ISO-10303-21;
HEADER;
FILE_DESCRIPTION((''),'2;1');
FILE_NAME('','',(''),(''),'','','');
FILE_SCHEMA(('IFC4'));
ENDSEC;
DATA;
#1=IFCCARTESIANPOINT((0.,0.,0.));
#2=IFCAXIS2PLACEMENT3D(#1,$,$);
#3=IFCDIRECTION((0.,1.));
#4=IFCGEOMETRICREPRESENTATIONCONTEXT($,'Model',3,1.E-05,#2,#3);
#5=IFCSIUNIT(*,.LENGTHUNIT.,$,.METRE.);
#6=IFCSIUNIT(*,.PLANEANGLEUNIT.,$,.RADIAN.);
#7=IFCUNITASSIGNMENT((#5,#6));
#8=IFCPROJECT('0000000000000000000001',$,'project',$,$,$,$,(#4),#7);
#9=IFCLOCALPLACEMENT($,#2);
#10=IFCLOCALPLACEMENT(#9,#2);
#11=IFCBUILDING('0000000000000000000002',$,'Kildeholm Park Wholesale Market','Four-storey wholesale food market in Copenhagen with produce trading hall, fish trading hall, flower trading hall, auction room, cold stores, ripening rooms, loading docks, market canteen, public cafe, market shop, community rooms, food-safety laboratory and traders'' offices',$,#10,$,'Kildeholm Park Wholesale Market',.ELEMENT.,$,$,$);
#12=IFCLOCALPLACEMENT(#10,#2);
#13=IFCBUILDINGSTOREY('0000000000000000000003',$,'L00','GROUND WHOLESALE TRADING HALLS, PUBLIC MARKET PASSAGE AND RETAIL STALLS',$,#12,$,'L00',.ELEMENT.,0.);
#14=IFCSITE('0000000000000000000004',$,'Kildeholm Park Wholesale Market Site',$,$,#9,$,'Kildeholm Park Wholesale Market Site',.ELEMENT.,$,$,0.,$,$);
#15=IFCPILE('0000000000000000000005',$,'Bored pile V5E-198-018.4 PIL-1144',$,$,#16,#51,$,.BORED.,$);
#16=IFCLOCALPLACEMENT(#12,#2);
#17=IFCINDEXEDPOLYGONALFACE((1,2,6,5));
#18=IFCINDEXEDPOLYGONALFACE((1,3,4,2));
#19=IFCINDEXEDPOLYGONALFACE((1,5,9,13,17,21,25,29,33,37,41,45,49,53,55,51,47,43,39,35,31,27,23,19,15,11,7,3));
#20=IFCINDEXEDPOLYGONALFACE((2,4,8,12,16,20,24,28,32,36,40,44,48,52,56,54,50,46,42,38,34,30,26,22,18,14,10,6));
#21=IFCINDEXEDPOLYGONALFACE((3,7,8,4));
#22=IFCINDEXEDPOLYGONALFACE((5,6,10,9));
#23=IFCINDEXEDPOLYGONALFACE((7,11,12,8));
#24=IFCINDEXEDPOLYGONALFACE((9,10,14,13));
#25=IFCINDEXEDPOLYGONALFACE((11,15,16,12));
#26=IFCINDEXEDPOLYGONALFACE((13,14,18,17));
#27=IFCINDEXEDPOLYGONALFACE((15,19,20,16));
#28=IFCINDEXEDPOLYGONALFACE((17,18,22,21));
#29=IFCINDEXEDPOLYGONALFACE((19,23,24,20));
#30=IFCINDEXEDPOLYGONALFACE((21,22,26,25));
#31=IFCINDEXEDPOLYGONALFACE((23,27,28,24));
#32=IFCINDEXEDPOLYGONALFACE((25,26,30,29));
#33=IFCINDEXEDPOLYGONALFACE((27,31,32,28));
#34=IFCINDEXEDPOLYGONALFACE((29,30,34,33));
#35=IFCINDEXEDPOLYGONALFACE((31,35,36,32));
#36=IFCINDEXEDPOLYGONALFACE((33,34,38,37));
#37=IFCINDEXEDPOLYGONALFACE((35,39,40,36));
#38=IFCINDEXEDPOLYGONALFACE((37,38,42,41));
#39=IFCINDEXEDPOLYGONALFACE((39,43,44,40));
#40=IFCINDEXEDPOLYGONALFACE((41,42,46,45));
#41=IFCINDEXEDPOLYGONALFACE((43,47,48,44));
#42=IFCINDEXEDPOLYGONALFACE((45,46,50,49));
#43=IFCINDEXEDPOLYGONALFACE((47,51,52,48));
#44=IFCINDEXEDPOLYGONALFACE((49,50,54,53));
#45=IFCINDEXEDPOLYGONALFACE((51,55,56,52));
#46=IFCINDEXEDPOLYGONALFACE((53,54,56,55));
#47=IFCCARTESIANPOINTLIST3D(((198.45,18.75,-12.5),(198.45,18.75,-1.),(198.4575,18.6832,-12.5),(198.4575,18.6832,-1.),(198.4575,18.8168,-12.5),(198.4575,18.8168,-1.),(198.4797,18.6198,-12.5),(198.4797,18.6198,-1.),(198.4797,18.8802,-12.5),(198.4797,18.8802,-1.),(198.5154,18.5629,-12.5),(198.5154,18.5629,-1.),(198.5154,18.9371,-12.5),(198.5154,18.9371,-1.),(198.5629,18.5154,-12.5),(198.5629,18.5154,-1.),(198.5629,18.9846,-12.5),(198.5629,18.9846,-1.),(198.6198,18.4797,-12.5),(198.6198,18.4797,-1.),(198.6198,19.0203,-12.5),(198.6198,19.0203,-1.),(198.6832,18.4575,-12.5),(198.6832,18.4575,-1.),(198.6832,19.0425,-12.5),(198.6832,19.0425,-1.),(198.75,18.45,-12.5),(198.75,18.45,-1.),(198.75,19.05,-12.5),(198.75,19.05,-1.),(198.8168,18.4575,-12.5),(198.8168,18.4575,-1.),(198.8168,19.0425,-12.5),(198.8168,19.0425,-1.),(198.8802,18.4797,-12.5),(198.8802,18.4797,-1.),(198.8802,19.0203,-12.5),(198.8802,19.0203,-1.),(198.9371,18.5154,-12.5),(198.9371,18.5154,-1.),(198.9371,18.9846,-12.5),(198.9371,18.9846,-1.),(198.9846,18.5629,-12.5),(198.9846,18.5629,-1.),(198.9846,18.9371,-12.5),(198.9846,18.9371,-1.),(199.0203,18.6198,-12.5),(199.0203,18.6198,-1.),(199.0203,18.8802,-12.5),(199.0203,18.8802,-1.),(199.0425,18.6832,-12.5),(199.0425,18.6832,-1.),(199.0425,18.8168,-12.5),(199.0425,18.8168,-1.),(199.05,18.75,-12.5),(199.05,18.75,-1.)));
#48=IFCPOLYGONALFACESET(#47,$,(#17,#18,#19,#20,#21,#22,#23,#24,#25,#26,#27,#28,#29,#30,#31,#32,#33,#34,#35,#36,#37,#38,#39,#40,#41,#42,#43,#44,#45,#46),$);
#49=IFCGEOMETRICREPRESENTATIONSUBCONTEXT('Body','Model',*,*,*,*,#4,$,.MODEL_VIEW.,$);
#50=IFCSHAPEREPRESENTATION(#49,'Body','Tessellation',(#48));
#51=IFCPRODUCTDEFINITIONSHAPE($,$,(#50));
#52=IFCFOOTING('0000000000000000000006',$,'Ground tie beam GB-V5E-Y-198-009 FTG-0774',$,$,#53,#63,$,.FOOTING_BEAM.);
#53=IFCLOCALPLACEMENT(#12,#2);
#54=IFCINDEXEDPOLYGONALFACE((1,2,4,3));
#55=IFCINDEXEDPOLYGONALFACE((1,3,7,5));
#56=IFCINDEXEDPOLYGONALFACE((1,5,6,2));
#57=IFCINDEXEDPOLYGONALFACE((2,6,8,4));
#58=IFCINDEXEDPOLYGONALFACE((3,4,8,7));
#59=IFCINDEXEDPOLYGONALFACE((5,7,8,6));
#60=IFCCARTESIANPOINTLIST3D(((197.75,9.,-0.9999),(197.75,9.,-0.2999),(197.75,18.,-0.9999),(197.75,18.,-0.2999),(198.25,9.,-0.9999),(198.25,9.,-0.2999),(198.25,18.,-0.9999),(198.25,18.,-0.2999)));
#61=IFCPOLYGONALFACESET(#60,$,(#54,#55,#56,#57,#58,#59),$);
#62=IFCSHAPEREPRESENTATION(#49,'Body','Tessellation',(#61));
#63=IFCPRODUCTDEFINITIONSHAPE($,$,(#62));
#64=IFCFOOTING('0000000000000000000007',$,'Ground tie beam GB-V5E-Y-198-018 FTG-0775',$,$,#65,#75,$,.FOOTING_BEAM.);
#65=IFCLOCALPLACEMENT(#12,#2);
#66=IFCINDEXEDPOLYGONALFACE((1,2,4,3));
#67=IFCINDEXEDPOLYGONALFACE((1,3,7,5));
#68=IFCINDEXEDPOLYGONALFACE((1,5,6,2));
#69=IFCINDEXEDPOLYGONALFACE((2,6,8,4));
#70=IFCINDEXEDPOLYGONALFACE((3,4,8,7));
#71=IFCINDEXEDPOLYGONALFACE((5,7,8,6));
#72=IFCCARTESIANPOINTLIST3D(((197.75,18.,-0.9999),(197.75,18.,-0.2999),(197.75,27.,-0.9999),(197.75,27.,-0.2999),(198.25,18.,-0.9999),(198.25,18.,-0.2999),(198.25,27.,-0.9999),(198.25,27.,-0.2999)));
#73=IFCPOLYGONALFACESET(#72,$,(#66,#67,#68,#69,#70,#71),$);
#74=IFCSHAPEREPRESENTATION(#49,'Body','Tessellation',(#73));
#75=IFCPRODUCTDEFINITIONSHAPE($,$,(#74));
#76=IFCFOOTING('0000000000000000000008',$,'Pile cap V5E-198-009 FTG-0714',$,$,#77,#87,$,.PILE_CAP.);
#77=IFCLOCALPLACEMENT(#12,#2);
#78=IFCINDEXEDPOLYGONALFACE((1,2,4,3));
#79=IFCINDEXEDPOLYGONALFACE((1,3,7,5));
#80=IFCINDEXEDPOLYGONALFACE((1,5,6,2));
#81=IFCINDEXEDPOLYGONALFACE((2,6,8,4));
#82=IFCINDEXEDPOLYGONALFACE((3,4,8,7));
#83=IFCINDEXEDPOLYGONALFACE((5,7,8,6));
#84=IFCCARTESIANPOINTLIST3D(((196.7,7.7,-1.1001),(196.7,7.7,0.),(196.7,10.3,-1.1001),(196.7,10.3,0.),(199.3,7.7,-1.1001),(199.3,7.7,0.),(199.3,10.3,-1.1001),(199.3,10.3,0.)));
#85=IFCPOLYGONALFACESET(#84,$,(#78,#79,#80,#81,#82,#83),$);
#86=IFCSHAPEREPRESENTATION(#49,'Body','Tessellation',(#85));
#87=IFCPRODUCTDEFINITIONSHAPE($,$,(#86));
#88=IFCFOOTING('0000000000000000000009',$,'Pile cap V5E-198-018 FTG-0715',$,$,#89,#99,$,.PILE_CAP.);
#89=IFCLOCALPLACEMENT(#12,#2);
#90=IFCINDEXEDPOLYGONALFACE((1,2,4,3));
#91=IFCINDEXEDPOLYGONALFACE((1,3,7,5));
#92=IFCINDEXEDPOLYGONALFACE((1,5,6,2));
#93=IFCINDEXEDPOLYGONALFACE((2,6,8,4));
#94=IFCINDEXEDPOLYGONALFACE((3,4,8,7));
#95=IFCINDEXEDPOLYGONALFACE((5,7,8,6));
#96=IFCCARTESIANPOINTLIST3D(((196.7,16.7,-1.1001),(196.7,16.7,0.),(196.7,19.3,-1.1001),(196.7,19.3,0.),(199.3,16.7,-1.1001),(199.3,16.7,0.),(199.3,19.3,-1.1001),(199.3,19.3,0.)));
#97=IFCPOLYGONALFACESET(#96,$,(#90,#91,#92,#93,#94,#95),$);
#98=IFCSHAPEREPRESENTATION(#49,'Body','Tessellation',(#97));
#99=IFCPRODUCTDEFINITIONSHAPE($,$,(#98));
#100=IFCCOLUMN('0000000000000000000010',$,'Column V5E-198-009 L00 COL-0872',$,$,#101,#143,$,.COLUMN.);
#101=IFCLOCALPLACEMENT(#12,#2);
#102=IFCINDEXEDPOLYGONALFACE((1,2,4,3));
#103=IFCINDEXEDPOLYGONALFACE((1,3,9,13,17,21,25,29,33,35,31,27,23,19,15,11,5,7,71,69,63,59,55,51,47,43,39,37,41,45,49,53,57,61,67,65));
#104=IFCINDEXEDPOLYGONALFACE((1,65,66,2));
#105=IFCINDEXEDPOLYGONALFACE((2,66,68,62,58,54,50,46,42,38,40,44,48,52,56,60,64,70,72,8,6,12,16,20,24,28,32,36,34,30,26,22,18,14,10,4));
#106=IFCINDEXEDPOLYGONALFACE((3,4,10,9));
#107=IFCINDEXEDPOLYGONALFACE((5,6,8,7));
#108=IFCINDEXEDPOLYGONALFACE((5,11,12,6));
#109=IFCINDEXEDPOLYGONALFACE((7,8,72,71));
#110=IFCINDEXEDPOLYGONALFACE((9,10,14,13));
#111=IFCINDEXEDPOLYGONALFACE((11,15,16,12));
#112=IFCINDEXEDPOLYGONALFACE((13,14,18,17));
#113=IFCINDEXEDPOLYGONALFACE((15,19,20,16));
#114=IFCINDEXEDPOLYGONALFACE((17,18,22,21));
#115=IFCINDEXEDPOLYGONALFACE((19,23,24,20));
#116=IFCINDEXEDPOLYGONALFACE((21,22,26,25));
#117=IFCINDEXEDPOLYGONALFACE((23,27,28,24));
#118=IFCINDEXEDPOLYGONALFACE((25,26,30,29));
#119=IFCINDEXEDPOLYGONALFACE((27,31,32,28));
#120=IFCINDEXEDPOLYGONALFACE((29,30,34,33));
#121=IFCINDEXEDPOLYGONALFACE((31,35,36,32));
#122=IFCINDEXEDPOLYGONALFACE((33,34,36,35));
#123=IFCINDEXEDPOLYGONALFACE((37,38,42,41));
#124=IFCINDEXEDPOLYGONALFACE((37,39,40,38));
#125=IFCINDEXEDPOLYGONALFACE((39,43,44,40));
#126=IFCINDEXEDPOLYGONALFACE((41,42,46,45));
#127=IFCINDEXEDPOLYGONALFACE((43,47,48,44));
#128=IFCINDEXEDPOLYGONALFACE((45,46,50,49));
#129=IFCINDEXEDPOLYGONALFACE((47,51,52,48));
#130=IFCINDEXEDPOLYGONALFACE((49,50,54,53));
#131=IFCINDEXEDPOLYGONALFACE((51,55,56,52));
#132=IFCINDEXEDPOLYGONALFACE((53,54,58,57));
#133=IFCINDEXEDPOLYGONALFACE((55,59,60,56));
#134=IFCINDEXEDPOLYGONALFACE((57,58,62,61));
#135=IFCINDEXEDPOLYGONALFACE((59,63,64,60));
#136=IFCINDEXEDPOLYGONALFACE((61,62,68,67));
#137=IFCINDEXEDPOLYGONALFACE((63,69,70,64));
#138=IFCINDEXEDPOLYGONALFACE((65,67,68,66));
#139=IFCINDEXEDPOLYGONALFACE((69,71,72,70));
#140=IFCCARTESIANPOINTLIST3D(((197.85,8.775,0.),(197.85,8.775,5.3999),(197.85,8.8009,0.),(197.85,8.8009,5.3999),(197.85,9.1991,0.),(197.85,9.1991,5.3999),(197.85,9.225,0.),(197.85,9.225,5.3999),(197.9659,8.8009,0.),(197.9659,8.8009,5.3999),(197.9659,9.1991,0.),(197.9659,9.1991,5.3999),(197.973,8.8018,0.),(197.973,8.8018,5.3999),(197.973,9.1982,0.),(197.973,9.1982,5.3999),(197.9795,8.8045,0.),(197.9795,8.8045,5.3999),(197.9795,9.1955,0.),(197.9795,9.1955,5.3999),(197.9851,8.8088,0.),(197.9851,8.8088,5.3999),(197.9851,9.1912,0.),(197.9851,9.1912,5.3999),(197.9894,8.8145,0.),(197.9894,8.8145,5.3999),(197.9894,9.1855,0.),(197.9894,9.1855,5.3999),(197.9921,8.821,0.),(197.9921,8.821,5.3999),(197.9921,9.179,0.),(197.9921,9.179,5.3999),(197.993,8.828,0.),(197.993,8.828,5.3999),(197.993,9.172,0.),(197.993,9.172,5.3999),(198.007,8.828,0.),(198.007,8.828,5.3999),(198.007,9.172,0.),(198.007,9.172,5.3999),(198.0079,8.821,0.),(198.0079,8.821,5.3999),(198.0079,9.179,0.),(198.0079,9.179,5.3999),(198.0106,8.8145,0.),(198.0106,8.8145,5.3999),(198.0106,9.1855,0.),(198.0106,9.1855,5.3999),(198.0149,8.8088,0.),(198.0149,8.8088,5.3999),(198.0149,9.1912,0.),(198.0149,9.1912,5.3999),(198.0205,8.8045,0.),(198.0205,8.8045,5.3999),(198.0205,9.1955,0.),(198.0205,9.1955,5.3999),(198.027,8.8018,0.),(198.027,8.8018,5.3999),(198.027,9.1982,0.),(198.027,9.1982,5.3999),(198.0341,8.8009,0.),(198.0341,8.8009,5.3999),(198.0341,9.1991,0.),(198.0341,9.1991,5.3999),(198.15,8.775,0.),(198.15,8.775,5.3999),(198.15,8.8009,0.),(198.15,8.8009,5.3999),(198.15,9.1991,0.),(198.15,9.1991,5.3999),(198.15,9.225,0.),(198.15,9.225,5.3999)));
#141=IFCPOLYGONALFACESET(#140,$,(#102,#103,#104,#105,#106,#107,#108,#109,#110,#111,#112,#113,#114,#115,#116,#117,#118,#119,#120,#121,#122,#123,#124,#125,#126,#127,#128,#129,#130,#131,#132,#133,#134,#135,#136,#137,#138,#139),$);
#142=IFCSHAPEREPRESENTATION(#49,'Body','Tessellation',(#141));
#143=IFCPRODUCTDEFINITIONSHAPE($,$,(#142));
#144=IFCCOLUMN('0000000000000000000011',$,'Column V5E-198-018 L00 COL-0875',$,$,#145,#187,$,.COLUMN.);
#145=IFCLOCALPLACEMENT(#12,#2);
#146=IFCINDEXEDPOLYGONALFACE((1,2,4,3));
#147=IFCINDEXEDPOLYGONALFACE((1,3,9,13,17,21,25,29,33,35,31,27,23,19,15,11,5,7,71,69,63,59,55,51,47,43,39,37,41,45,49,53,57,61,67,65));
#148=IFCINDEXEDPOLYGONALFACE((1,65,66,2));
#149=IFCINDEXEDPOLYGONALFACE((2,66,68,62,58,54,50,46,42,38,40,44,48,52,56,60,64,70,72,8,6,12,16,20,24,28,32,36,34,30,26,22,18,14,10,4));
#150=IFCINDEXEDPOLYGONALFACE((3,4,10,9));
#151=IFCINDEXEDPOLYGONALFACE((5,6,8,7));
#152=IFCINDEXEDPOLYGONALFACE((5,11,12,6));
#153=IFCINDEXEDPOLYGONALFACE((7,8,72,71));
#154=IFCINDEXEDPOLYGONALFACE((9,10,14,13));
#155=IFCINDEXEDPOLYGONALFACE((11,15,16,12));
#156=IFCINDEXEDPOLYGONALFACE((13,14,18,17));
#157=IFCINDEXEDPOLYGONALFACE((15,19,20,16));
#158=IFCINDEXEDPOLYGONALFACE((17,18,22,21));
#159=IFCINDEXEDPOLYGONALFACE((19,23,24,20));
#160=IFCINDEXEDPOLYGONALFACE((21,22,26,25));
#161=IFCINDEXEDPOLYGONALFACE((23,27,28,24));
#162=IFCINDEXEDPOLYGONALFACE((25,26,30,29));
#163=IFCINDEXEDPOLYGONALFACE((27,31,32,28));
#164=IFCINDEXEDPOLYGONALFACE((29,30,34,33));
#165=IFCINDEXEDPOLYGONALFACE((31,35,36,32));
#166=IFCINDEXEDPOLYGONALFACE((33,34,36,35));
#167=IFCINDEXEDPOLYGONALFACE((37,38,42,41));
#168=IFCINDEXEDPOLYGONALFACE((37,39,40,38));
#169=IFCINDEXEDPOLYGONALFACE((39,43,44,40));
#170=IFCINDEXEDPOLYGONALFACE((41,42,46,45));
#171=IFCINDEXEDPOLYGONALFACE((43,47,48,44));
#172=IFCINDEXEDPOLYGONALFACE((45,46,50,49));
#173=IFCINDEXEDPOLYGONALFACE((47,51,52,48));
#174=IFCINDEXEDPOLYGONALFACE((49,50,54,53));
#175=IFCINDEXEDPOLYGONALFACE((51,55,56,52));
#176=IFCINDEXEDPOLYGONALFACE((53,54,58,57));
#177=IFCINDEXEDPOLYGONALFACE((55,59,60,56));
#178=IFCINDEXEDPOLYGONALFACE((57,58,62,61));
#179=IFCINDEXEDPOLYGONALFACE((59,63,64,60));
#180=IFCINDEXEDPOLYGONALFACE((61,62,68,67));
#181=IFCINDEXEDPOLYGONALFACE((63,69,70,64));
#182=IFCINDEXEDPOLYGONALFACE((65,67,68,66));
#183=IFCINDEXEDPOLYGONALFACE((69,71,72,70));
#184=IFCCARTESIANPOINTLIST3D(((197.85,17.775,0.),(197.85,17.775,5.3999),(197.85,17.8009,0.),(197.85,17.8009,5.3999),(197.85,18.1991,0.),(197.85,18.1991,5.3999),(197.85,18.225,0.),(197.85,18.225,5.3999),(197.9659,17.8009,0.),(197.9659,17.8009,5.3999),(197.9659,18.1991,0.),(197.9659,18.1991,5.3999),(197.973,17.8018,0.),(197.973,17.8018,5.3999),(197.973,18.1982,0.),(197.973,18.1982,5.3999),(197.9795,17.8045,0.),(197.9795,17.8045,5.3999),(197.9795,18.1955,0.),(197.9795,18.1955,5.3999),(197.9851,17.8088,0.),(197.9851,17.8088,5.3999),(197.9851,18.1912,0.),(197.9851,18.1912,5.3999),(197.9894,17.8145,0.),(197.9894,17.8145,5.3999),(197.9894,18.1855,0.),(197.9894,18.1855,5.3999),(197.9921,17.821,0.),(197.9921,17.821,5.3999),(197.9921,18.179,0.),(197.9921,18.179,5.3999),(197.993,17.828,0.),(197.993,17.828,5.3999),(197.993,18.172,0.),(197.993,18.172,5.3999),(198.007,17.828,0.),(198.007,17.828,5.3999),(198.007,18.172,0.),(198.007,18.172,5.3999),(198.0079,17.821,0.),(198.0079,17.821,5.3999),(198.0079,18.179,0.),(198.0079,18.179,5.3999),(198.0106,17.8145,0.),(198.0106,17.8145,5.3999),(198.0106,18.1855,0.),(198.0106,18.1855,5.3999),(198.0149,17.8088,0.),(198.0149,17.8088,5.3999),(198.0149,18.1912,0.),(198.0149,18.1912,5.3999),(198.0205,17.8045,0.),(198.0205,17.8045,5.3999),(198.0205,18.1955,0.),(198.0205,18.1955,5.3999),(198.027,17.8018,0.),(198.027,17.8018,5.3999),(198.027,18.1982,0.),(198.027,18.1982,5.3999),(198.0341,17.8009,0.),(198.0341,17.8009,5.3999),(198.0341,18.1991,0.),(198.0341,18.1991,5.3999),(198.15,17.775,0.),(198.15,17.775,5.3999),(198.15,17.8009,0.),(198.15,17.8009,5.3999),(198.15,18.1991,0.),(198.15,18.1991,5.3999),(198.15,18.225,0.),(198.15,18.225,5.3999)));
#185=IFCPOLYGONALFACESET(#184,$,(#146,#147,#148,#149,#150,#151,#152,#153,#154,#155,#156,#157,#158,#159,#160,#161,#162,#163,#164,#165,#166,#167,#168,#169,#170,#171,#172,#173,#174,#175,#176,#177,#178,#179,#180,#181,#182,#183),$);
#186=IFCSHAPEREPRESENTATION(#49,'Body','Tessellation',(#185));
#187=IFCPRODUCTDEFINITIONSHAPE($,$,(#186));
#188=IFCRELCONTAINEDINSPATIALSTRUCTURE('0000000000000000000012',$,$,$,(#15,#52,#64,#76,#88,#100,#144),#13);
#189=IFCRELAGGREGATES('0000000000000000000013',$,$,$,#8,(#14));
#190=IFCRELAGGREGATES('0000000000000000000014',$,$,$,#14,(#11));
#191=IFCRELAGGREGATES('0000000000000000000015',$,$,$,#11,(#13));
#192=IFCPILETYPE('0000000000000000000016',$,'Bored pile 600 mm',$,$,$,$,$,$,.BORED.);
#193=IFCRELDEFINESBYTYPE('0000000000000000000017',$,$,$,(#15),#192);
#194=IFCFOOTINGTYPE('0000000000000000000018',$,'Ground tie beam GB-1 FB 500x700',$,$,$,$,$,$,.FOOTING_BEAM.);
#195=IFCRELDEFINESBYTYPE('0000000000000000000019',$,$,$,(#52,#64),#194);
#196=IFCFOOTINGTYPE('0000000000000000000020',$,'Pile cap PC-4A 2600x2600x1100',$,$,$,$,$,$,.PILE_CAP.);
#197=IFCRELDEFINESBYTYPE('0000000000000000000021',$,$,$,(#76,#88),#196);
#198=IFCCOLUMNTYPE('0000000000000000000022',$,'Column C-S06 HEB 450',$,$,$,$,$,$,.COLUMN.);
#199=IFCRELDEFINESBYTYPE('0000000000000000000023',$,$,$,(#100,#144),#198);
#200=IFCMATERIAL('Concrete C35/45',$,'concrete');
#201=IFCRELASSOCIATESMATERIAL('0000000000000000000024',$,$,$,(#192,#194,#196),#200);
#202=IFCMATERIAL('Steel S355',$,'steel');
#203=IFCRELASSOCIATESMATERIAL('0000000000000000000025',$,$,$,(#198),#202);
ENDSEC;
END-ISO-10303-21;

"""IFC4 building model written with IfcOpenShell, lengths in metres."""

from ifc_helpers import new_model, si_unit, direction, frame, origin, origin_2d, place, context, subcontext, project, spatial, rectangle, circle, i_section, extrude, material, material_profile, profile_set, type_object, element, save


model = new_model("IFC4")

# Units and contexts
model_context = context("Model", 3, precision=1e-05, world=origin(), true_north=direction((0.0, 1.0)))
body_context = subcontext(model_context, "Body", "Model", "MODEL_VIEW")
ifc_project = project(units=[si_unit("LENGTHUNIT", "METRE"), si_unit("PLANEANGLEUNIT", "RADIAN")], contexts=[model_context])

# Site, building, storey
site_placement = place(None, origin())
site = spatial("IfcSite", under=ifc_project, at=site_placement, Name="Kildeholm Park Wholesale Market Site", LongName="Kildeholm Park Wholesale Market Site", CompositionType="ELEMENT", RefElevation=0.0)
building_placement = place(site_placement, origin())
building = spatial("IfcBuilding", under=site, at=building_placement, Name="Kildeholm Park Wholesale Market", Description="Four-storey wholesale food market in Copenhagen with produce trading hall, fish trading hall, flower trading hall, auction room, cold stores, ripening rooms, loading docks, market canteen, public cafe, market shop, community rooms, food-safety laboratory and traders' offices", LongName="Kildeholm Park Wholesale Market", CompositionType="ELEMENT")
storey_placement = place(building_placement, origin())
storey = spatial("IfcBuildingStorey", under=building, at=storey_placement, Name="L00", Description="GROUND WHOLESALE TRADING HALLS, PUBLIC MARKET PASSAGE AND RETAIL STALLS", LongName="L00", CompositionType="ELEMENT", Elevation=0.0)

# Pile
ifc_material_1 = material(Name="Concrete C35/45", Category="concrete")
ifc_material_profile_1 = material_profile(ifc_material_1, circle(Radius=0.3, at=origin_2d()), Name="PILE D600")
ifc_profile_set_1 = profile_set([ifc_material_profile_1], Name="Concrete C35/45")
pile_type = type_object("IfcPileType", Name="Bored pile 600 mm", PredefinedType="BORED", material=ifc_profile_set_1)
for number, where, z_axis, x_axis, name in (
    (1, (198.75, 18.75, -1.0), (0.0, 0.0, -1.0), (1.0, 0.0, 0.0), "Bored pile V5E-198-018.4 PIL-1144"),
):
    element("IfcPile", number, at=place(storey_placement, frame(where, z_axis=z_axis, x_axis=x_axis)), inside=storey, type_object=pile_type, Name=name, PredefinedType="BORED", context=body_context, shape_type="SweptSolid", body=[
        extrude(circle(Radius=0.3, at=origin_2d()), origin(), (0.0, 0.0, 1.0), 11.5),
    ])

# Footings
ifc_material_profile_2 = material_profile(ifc_material_1, rectangle(XDim=0.5, YDim=0.7, at=origin_2d()), Name="FB 500x700")
ifc_profile_set_2 = profile_set([ifc_material_profile_2], Name="Concrete C35/45")
footing_type_1 = type_object("IfcFootingType", Name="Ground tie beam GB-1 FB 500x700", PredefinedType="FOOTING_BEAM", material=ifc_profile_set_2)
for number, where, z_axis, x_axis, name in (
    (2, (198.0, 9.0, -0.6499), (0.0, 1.0, 0.0), (-1.0, 0.0, 0.0), "Ground tie beam GB-V5E-Y-198-009 FTG-0774"),
    (3, (198.0, 18.0, -0.6499), (0.0, 1.0, 0.0), (-1.0, 0.0, 0.0), "Ground tie beam GB-V5E-Y-198-018 FTG-0775"),
):
    element("IfcFooting", number, at=place(storey_placement, frame(where, z_axis=z_axis, x_axis=x_axis)), inside=storey, type_object=footing_type_1, Name=name, PredefinedType="FOOTING_BEAM", context=body_context, shape_type="SweptSolid", body=[
        extrude(rectangle(XDim=0.5, YDim=0.7, at=origin_2d()), origin(), (0.0, 0.0, 1.0), 9.0),
    ])
footing_type_2 = type_object("IfcFootingType", Name="Pile cap PC-4A 2600x2600x1100", PredefinedType="PILE_CAP", material=ifc_material_1)
for number, where, z_axis, x_axis, name in (
    (4, (198.0, 9.0, -1.1001), (0.0, 0.0, 1.0), (1.0, 0.0, 0.0), "Pile cap V5E-198-009 FTG-0714"),
    (5, (198.0, 18.0, -1.1001), (0.0, 0.0, 1.0), (1.0, 0.0, 0.0), "Pile cap V5E-198-018 FTG-0715"),
):
    element("IfcFooting", number, at=place(storey_placement, frame(where, z_axis=z_axis, x_axis=x_axis)), inside=storey, type_object=footing_type_2, Name=name, PredefinedType="PILE_CAP", context=body_context, shape_type="SweptSolid", body=[
        extrude(rectangle(XDim=2.6001, YDim=2.6001, at=origin_2d()), origin(), (0.0, 0.0, 1.0), 1.1001),
    ])

# Columns
ifc_material_2 = material(Name="Steel S355", Category="steel")
ifc_material_profile_3 = material_profile(ifc_material_2, i_section(OverallWidth=0.3, OverallDepth=0.45, WebThickness=0.0139, FlangeThickness=0.0259, FilletRadius=0.0271, at=origin_2d()), Name="HEB 450")
ifc_profile_set_3 = profile_set([ifc_material_profile_3], Name="Steel S355")
column_type = type_object("IfcColumnType", Name="Column C-S06 HEB 450", PredefinedType="COLUMN", material=ifc_profile_set_3)
for number, where, z_axis, x_axis, name in (
    (6, (198.0, 9.0, 0.0), (0.0, 0.0, 1.0), (1.0, 0.0, 0.0), "Column V5E-198-009 L00 COL-0872"),
    (7, (198.0, 18.0, 0.0), (0.0, 0.0, 1.0), (1.0, 0.0, 0.0), "Column V5E-198-018 L00 COL-0875"),
):
    element("IfcColumn", number, at=place(storey_placement, frame(where, z_axis=z_axis, x_axis=x_axis)), inside=storey, type_object=column_type, Name=name, PredefinedType="COLUMN", context=body_context, shape_type="SweptSolid", body=[
        extrude(i_section(OverallWidth=0.3, OverallDepth=0.45, WebThickness=0.0139, FlangeThickness=0.0259, FilletRadius=0.0271, at=origin_2d()), origin(), (0.0, 0.0, 1.0), 5.3999),
    ])

save(model, "model.ifc")
